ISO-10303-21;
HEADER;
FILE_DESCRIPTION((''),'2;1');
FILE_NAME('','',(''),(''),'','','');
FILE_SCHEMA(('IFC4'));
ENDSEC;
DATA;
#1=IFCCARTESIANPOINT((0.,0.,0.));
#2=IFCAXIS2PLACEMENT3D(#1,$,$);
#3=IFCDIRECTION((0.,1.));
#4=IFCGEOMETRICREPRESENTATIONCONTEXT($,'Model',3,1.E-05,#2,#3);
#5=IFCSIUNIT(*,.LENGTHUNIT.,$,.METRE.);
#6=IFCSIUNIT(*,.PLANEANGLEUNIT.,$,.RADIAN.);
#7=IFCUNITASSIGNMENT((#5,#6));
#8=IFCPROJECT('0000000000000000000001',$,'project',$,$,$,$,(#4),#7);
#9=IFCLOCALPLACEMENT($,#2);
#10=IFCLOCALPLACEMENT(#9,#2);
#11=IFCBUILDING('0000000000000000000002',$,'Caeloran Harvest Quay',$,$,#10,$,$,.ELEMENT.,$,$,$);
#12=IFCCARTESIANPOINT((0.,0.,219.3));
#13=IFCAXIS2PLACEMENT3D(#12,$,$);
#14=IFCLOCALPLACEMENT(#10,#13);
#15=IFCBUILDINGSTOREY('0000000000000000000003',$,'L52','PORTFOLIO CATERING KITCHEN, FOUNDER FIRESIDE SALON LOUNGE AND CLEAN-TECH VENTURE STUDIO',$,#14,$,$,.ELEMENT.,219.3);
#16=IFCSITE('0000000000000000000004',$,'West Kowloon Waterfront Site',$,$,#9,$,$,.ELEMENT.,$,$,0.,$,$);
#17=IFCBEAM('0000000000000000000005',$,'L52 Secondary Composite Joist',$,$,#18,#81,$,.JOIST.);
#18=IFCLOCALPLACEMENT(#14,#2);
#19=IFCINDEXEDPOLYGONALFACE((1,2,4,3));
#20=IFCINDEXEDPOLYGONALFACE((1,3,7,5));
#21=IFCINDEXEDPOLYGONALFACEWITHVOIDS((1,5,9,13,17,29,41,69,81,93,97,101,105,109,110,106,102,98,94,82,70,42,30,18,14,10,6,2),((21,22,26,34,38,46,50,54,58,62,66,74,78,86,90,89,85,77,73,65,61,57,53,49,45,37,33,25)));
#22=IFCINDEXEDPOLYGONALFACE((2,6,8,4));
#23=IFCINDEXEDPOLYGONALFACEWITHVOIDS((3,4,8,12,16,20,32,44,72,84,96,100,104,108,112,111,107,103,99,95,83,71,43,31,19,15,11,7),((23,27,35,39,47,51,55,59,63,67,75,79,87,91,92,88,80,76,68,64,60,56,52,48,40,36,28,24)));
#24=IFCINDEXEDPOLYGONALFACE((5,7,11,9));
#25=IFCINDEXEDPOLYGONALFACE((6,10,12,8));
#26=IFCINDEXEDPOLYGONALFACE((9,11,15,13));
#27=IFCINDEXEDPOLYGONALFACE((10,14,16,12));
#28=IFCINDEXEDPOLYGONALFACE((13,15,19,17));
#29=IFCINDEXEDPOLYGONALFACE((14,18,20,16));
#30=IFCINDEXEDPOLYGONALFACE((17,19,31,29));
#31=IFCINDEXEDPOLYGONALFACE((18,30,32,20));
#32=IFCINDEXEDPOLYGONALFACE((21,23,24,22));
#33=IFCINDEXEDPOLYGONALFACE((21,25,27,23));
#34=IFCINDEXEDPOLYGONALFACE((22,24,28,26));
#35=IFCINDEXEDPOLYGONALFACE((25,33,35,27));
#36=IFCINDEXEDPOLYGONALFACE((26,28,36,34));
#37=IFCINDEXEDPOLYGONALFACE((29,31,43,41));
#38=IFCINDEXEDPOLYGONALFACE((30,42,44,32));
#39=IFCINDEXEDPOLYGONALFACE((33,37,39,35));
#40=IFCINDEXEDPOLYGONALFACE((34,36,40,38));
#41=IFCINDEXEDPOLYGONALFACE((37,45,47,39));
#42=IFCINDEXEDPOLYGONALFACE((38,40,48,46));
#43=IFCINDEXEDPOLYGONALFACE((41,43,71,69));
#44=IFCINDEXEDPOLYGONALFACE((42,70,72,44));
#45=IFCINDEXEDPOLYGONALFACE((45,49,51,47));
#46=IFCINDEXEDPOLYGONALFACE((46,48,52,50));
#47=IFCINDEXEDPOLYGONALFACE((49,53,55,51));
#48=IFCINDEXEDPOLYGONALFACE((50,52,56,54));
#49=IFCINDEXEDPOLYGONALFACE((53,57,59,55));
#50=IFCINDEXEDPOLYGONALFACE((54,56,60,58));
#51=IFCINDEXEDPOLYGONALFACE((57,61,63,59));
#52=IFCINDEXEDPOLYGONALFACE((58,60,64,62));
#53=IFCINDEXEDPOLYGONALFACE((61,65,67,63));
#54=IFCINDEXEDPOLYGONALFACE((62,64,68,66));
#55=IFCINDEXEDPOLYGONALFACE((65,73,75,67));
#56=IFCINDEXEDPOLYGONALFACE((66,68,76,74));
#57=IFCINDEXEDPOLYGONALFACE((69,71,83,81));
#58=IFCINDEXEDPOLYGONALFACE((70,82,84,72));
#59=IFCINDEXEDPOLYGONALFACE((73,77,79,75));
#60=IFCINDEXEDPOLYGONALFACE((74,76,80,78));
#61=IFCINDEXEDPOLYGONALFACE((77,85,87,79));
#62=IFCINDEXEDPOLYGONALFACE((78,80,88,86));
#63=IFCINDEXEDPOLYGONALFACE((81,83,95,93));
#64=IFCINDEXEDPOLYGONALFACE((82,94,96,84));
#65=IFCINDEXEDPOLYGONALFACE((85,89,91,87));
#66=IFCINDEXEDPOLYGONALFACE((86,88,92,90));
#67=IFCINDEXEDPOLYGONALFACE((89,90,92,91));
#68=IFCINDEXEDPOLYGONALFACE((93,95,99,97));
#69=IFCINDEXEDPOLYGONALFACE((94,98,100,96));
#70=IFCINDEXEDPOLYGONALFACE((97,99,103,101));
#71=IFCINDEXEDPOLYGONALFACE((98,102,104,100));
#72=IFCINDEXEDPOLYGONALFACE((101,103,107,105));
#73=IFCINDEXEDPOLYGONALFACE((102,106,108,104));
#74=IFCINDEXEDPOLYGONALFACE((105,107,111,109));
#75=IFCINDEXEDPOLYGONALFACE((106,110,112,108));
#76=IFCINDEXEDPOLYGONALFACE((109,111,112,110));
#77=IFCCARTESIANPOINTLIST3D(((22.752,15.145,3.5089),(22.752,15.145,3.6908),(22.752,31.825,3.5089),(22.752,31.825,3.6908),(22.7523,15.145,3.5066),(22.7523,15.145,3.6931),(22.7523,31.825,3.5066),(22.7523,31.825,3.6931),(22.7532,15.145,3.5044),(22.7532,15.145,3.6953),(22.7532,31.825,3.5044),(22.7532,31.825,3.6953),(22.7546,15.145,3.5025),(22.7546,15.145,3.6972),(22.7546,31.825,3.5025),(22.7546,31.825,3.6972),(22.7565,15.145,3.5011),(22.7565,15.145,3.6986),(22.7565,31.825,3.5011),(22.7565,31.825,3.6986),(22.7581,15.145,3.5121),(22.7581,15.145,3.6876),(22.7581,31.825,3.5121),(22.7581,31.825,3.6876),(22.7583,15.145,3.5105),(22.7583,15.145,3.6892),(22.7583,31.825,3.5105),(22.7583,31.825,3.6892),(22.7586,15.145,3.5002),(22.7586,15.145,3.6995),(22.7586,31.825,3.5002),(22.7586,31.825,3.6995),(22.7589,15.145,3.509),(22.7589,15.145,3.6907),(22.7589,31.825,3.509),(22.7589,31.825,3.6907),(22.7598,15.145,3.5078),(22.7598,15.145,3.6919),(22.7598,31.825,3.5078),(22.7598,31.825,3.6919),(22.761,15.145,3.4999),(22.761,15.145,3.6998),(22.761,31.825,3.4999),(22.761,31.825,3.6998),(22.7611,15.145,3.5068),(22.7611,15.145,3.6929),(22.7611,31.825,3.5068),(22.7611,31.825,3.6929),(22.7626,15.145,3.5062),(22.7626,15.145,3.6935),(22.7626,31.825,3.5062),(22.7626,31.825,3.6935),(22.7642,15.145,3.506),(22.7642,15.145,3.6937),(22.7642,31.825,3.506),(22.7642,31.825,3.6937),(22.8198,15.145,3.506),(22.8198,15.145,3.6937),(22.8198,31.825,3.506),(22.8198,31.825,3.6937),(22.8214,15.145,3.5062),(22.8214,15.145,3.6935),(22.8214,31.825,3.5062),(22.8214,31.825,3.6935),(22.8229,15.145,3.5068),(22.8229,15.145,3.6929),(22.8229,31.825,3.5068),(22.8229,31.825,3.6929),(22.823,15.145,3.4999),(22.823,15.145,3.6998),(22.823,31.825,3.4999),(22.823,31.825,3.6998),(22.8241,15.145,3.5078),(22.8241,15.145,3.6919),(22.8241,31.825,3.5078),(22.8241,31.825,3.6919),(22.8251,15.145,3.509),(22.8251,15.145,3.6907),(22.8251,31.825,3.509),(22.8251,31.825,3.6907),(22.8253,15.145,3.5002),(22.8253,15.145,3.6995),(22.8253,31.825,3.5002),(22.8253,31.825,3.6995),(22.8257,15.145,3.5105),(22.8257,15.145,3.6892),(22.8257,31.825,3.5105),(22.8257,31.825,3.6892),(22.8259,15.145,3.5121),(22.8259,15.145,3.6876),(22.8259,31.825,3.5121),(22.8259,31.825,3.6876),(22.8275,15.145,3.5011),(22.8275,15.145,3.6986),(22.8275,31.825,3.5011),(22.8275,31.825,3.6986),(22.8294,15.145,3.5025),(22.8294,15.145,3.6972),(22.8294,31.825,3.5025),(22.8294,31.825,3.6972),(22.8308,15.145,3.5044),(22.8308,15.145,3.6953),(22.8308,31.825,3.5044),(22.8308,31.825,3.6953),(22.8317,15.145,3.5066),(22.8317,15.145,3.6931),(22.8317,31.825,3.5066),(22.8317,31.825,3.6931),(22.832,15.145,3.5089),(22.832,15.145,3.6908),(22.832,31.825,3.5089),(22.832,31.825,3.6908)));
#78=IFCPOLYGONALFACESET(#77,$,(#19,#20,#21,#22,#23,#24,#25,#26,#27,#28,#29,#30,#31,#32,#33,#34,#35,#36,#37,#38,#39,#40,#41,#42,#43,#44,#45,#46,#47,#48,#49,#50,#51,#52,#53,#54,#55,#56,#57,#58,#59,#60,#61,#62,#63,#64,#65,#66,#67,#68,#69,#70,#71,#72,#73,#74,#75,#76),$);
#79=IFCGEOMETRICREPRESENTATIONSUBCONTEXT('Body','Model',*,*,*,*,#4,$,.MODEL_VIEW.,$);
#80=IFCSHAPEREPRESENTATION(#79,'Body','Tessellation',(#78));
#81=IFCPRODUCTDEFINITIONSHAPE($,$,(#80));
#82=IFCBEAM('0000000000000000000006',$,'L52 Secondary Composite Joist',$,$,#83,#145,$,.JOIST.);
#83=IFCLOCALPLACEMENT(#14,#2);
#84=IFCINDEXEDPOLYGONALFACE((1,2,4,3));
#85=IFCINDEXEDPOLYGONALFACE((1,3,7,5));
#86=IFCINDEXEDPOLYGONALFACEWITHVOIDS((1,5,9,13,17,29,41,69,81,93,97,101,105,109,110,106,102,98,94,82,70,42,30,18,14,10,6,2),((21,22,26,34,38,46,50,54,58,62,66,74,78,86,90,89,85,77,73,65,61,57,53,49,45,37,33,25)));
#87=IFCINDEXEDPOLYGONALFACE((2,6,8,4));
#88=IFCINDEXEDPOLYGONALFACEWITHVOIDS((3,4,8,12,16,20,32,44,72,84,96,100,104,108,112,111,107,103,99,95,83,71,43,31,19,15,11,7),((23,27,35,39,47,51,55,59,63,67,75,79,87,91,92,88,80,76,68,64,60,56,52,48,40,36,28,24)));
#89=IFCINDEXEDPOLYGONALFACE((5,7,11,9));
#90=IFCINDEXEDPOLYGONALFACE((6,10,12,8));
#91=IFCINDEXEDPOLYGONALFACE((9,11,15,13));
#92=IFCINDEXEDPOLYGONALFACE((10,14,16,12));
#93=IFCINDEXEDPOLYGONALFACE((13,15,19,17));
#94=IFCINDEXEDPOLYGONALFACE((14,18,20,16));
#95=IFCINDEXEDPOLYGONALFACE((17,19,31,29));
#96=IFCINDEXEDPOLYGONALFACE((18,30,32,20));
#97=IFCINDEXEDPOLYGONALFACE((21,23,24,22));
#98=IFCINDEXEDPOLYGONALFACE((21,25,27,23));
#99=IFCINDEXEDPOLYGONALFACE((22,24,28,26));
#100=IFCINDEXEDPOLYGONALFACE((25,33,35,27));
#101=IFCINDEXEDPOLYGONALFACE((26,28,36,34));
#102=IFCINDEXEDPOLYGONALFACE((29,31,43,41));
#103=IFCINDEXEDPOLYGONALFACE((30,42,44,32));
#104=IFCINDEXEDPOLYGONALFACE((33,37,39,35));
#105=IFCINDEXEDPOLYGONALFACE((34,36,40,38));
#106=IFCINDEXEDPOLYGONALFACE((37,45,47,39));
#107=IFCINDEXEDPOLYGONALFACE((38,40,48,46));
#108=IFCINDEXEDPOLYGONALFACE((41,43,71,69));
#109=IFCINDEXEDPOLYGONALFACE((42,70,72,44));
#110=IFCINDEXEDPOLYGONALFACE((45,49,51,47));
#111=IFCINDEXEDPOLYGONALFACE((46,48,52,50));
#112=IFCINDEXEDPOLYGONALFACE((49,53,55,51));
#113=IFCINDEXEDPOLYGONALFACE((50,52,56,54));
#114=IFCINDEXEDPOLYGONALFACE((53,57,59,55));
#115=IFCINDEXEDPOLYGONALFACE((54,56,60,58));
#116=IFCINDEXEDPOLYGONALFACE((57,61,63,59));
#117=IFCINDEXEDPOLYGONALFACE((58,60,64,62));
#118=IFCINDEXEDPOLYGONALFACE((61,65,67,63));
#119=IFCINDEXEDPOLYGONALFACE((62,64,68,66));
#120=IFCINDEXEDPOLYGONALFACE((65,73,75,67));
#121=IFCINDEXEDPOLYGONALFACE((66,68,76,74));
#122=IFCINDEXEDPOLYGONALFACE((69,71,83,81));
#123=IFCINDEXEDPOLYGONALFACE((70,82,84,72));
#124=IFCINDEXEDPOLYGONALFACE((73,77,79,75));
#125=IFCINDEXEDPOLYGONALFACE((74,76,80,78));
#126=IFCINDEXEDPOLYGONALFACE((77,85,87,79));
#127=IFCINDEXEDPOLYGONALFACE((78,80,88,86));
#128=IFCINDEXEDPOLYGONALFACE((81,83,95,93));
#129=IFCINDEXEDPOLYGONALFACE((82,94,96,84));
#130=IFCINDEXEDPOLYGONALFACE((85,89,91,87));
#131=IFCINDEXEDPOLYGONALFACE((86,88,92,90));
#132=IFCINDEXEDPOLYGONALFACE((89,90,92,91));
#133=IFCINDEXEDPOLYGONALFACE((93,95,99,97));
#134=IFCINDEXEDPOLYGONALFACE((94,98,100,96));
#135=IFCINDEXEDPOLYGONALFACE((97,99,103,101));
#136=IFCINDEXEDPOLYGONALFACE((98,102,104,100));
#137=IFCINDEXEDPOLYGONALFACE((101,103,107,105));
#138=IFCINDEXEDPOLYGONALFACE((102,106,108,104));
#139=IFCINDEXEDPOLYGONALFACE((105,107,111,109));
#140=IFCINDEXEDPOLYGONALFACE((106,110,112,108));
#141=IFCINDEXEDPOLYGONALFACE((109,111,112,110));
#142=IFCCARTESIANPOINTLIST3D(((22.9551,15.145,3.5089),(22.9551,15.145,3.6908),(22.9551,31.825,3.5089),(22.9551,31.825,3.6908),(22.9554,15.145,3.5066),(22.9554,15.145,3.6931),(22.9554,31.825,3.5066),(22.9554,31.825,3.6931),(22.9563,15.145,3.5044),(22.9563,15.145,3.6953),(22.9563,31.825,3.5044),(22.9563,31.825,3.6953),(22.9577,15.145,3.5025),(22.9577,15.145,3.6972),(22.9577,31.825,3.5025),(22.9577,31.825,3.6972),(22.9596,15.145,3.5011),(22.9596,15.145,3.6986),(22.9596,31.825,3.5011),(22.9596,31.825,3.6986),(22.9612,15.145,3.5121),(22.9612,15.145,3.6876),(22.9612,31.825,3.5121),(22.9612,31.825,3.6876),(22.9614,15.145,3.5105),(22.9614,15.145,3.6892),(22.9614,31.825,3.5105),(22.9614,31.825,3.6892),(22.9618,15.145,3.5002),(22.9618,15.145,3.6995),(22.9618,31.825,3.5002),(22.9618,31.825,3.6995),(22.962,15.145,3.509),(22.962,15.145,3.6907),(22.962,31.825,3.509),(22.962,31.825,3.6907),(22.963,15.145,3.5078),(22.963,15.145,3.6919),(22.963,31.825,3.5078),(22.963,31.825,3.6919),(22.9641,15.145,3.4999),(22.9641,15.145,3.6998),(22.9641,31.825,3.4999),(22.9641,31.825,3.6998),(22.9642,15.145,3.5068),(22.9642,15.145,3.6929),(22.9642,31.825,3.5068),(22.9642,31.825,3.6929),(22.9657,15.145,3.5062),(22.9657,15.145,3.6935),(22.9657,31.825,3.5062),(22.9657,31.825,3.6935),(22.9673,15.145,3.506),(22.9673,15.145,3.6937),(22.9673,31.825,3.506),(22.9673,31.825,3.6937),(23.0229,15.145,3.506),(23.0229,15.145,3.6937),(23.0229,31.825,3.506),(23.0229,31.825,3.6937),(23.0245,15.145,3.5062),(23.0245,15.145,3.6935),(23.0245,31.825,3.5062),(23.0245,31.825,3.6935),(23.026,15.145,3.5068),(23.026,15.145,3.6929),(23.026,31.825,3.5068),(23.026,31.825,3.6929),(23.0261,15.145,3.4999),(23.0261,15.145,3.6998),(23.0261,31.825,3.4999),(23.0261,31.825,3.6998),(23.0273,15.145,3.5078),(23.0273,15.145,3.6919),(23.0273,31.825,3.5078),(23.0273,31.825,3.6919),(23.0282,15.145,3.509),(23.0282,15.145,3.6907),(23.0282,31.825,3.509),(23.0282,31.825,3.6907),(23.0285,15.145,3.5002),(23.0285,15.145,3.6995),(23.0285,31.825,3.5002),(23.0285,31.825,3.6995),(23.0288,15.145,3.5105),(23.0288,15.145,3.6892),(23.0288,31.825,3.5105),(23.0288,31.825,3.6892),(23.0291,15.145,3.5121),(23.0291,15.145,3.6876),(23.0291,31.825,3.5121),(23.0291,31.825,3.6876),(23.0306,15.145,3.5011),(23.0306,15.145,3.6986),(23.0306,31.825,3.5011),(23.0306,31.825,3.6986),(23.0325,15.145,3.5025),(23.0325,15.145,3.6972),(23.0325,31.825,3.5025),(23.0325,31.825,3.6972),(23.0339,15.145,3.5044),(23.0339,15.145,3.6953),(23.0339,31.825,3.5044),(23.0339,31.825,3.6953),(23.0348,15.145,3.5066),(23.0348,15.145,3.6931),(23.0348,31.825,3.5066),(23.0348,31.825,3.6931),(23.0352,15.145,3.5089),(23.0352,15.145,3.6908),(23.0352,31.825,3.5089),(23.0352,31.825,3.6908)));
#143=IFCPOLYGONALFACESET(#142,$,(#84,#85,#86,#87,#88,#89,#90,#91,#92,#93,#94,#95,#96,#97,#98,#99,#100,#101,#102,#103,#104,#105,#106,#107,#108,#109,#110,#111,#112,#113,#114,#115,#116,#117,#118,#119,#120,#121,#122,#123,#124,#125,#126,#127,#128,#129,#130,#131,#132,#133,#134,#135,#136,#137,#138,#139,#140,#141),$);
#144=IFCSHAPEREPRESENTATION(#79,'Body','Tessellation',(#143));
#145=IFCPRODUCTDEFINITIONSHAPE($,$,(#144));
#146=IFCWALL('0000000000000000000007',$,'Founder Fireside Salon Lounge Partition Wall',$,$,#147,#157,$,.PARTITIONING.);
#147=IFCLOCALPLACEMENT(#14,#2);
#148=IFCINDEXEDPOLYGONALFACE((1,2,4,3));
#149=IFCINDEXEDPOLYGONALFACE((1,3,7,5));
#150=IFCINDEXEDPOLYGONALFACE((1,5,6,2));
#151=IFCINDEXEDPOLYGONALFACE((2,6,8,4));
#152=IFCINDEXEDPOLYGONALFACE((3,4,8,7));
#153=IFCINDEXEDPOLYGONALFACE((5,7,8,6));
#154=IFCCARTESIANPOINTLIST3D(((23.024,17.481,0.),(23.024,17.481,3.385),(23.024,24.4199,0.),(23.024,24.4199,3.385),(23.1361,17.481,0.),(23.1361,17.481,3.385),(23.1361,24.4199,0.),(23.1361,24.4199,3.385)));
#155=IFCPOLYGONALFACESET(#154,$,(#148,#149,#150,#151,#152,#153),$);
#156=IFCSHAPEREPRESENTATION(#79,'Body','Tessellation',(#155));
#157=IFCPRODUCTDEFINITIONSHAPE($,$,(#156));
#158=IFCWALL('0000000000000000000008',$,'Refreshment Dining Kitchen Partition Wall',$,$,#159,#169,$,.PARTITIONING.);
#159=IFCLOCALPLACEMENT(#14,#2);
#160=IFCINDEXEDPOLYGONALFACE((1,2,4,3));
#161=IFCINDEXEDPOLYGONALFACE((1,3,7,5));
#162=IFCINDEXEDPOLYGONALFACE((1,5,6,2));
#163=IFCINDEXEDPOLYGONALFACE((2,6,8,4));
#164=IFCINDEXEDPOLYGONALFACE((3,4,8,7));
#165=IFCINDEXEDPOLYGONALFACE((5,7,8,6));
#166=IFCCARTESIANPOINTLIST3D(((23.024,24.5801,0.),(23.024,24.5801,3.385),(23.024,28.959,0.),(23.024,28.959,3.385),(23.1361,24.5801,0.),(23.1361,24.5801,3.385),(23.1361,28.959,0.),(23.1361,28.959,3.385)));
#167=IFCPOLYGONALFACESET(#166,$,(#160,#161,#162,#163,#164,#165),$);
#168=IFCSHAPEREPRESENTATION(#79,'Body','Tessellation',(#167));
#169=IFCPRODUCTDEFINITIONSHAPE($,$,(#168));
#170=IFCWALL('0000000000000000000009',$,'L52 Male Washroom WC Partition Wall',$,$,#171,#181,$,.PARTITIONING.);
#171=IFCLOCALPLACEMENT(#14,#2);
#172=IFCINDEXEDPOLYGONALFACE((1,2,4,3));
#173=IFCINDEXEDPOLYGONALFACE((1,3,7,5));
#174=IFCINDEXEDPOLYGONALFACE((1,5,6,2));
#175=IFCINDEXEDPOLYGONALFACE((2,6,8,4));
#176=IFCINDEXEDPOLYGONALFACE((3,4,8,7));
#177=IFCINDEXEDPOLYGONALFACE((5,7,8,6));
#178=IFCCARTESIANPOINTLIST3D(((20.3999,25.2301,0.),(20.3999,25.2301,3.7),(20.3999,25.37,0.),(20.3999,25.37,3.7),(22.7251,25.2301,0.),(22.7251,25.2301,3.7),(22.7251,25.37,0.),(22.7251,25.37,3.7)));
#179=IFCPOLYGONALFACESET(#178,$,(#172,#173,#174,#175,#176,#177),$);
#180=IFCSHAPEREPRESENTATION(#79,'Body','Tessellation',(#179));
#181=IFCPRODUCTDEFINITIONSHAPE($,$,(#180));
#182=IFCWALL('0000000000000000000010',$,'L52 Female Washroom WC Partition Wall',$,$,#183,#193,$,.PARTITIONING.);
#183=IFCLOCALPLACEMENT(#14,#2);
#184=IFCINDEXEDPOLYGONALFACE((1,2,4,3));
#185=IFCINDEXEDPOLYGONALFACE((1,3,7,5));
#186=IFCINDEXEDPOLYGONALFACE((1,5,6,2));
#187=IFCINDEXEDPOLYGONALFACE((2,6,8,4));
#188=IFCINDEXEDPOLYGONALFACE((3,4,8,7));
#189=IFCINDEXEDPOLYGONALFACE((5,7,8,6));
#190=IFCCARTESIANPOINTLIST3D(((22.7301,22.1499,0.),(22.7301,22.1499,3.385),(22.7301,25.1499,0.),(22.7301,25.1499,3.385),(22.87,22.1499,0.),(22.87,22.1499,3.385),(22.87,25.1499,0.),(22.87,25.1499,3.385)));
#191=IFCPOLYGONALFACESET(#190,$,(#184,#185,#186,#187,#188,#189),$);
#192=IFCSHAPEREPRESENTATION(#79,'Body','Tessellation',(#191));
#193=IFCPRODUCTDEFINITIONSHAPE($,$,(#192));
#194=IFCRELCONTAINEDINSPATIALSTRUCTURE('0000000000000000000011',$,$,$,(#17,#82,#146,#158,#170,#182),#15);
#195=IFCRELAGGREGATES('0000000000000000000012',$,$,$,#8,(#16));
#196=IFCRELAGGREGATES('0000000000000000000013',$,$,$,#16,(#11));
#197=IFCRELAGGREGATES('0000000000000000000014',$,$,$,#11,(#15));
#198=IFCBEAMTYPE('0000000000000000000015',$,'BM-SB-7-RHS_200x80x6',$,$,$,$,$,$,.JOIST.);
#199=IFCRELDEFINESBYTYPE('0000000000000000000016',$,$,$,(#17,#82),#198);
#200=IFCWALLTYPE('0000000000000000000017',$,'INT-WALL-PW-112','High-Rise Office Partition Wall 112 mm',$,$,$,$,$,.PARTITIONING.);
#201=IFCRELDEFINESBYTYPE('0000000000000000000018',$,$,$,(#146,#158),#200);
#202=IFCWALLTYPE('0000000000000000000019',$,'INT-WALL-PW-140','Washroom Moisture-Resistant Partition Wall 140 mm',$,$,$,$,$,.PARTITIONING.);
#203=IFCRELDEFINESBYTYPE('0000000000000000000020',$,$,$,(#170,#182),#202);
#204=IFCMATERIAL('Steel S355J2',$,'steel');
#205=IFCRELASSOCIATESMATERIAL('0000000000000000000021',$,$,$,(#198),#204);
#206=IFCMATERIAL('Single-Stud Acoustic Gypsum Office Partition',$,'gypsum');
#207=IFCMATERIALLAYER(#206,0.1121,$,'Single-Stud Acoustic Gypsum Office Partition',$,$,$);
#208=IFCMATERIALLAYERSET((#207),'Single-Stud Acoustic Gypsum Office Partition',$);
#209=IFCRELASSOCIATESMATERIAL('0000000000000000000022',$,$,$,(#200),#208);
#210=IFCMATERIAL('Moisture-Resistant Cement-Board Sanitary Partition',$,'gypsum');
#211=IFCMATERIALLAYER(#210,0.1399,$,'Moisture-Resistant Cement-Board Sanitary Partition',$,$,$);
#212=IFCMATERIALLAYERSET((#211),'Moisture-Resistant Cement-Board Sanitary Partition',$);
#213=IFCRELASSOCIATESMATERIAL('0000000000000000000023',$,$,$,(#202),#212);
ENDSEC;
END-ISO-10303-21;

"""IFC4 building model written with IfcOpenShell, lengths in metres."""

from ifc_helpers import new_model, si_unit, direction, frame, frame_2d, origin, origin_2d, place, context, subcontext, project, spatial, rectangle, hollow_rectangle, extrude, material, layer, layer_set, material_profile, profile_set, type_object, element, save


model = new_model("IFC4")

# Units and contexts
model_context = context("Model", 3, precision=1e-05, world=origin(), true_north=direction((0.0, 1.0)))
body_context = subcontext(model_context, "Body", "Model", "MODEL_VIEW")
ifc_project = project(units=[si_unit("LENGTHUNIT", "METRE"), si_unit("PLANEANGLEUNIT", "RADIAN")], contexts=[model_context])

# Site, building, storey
site_placement = place(None, origin())
site = spatial("IfcSite", under=ifc_project, at=site_placement, Name="West Kowloon Waterfront Site", CompositionType="ELEMENT", RefElevation=0.0)
building_placement = place(site_placement, origin())
building = spatial("IfcBuilding", under=site, at=building_placement, Name="Caeloran Harvest Quay", CompositionType="ELEMENT")
storey_placement = place(building_placement, frame((0.0, 0.0, 219.3)))
storey = spatial("IfcBuildingStorey", under=building, at=storey_placement, Name="L52", Description="PORTFOLIO CATERING KITCHEN, FOUNDER FIRESIDE SALON LOUNGE AND CLEAN-TECH VENTURE STUDIO", CompositionType="ELEMENT", Elevation=219.3)

# Beams
ifc_material_1 = material(Name="Steel S355J2", Category="steel")
ifc_material_profile_1 = material_profile(ifc_material_1, hollow_rectangle(XDim=0.0801, YDim=0.2, WallThickness=0.0061, InnerFilletRadius=0.0061, OuterFilletRadius=0.009, at=origin_2d()), Name="RHS 200x80x6")
ifc_profile_set_1 = profile_set([ifc_material_profile_1], Name="Steel S355J2")
beam_type_1 = type_object("IfcBeamType", Name="BM-SB-7-RHS_200x80x6", PredefinedType="JOIST", material=ifc_profile_set_1)
for number, where, z_axis, x_axis, name in (
    (1, (22.792, 15.145, 3.5999), (0.0, 1.0, 0.0), (-1.0, 0.0, 0.0), "L52 Secondary Composite Joist"),
    (2, (22.9951, 15.145, 3.5999), (0.0, 1.0, 0.0), (-1.0, 0.0, 0.0), "L52 Secondary Composite Joist"),
):
    element("IfcBeam", number, at=place(storey_placement, frame(where, z_axis=z_axis, x_axis=x_axis)), inside=storey, type_object=beam_type_1, Name=name, PredefinedType="JOIST", context=body_context, shape_type="SweptSolid", body=[
        extrude(hollow_rectangle(XDim=0.0801, YDim=0.2, WallThickness=0.0061, InnerFilletRadius=0.0061, OuterFilletRadius=0.009, at=origin_2d()), origin(), (0.0, 0.0, 1.0), 16.6799),
    ])

# Walls
ifc_material_2 = material(Name="Single-Stud Acoustic Gypsum Office Partition", Category="gypsum")
ifc_layer_1 = layer(ifc_material_2, 0.1121, Name="Single-Stud Acoustic Gypsum Office Partition")
ifc_layer_set_1 = layer_set([ifc_layer_1], Name="Single-Stud Acoustic Gypsum Office Partition")
wall_type_1 = type_object("IfcWallType", Name="INT-WALL-PW-112", Description="High-Rise Office Partition Wall 112 mm", PredefinedType="PARTITIONING", material=ifc_layer_set_1)
wall_1_placement = place(storey_placement, frame((23.0801, 17.481, 0.0), z_axis=(0.0, 0.0, 1.0), x_axis=(0.0, 1.0, 0.0)))
element("IfcWall", 3, at=wall_1_placement, inside=storey, type_object=wall_type_1, Name="Founder Fireside Salon Lounge Partition Wall", PredefinedType="PARTITIONING", context=body_context, shape_type="SweptSolid", body=[
    extrude(rectangle(XDim=6.939, YDim=0.1121, at=frame_2d((3.4695, 0.0))), origin(), (0.0, 0.0, 1.0), 3.385),
])
wall_2_placement = place(storey_placement, frame((23.0801, 24.5801, 0.0), z_axis=(0.0, 0.0, 1.0), x_axis=(0.0, 1.0, 0.0)))
element("IfcWall", 4, at=wall_2_placement, inside=storey, type_object=wall_type_1, Name="Refreshment Dining Kitchen Partition Wall", PredefinedType="PARTITIONING", context=body_context, shape_type="SweptSolid", body=[
    extrude(rectangle(XDim=4.3789, YDim=0.1121, at=frame_2d((2.1895, 0.0))), origin(), (0.0, 0.0, 1.0), 3.385),
])
ifc_material_3 = material(Name="Moisture-Resistant Cement-Board Sanitary Partition", Category="gypsum")
ifc_layer_2 = layer(ifc_material_3, 0.1399, Name="Moisture-Resistant Cement-Board Sanitary Partition")
ifc_layer_set_2 = layer_set([ifc_layer_2], Name="Moisture-Resistant Cement-Board Sanitary Partition")
wall_type_2 = type_object("IfcWallType", Name="INT-WALL-PW-140", Description="Washroom Moisture-Resistant Partition Wall 140 mm", PredefinedType="PARTITIONING", material=ifc_layer_set_2)
wall_3_placement = place(storey_placement, frame((22.7251, 25.3, 0.0), z_axis=(0.0, 0.0, 1.0), x_axis=(-1.0, 0.0, 0.0)))
element("IfcWall", 5, at=wall_3_placement, inside=storey, type_object=wall_type_2, Name="L52 Male Washroom WC Partition Wall", PredefinedType="PARTITIONING", context=body_context, shape_type="SweptSolid", body=[
    extrude(rectangle(XDim=2.3252, YDim=0.1399, at=frame_2d((1.1626, 0.0))), origin(), (0.0, 0.0, 1.0), 3.7),
])
wall_4_placement = place(storey_placement, frame((22.8, 25.1499, 0.0), z_axis=(0.0, 0.0, 1.0), x_axis=(0.0, -1.0, 0.0)))
element("IfcWall", 6, at=wall_4_placement, inside=storey, type_object=wall_type_2, Name="L52 Female Washroom WC Partition Wall", PredefinedType="PARTITIONING", context=body_context, shape_type="SweptSolid", body=[
    extrude(rectangle(XDim=3.0, YDim=0.1399, at=frame_2d((1.5, 0.0))), origin(), (0.0, 0.0, 1.0), 3.385),
])

save(model, "model.ifc")
